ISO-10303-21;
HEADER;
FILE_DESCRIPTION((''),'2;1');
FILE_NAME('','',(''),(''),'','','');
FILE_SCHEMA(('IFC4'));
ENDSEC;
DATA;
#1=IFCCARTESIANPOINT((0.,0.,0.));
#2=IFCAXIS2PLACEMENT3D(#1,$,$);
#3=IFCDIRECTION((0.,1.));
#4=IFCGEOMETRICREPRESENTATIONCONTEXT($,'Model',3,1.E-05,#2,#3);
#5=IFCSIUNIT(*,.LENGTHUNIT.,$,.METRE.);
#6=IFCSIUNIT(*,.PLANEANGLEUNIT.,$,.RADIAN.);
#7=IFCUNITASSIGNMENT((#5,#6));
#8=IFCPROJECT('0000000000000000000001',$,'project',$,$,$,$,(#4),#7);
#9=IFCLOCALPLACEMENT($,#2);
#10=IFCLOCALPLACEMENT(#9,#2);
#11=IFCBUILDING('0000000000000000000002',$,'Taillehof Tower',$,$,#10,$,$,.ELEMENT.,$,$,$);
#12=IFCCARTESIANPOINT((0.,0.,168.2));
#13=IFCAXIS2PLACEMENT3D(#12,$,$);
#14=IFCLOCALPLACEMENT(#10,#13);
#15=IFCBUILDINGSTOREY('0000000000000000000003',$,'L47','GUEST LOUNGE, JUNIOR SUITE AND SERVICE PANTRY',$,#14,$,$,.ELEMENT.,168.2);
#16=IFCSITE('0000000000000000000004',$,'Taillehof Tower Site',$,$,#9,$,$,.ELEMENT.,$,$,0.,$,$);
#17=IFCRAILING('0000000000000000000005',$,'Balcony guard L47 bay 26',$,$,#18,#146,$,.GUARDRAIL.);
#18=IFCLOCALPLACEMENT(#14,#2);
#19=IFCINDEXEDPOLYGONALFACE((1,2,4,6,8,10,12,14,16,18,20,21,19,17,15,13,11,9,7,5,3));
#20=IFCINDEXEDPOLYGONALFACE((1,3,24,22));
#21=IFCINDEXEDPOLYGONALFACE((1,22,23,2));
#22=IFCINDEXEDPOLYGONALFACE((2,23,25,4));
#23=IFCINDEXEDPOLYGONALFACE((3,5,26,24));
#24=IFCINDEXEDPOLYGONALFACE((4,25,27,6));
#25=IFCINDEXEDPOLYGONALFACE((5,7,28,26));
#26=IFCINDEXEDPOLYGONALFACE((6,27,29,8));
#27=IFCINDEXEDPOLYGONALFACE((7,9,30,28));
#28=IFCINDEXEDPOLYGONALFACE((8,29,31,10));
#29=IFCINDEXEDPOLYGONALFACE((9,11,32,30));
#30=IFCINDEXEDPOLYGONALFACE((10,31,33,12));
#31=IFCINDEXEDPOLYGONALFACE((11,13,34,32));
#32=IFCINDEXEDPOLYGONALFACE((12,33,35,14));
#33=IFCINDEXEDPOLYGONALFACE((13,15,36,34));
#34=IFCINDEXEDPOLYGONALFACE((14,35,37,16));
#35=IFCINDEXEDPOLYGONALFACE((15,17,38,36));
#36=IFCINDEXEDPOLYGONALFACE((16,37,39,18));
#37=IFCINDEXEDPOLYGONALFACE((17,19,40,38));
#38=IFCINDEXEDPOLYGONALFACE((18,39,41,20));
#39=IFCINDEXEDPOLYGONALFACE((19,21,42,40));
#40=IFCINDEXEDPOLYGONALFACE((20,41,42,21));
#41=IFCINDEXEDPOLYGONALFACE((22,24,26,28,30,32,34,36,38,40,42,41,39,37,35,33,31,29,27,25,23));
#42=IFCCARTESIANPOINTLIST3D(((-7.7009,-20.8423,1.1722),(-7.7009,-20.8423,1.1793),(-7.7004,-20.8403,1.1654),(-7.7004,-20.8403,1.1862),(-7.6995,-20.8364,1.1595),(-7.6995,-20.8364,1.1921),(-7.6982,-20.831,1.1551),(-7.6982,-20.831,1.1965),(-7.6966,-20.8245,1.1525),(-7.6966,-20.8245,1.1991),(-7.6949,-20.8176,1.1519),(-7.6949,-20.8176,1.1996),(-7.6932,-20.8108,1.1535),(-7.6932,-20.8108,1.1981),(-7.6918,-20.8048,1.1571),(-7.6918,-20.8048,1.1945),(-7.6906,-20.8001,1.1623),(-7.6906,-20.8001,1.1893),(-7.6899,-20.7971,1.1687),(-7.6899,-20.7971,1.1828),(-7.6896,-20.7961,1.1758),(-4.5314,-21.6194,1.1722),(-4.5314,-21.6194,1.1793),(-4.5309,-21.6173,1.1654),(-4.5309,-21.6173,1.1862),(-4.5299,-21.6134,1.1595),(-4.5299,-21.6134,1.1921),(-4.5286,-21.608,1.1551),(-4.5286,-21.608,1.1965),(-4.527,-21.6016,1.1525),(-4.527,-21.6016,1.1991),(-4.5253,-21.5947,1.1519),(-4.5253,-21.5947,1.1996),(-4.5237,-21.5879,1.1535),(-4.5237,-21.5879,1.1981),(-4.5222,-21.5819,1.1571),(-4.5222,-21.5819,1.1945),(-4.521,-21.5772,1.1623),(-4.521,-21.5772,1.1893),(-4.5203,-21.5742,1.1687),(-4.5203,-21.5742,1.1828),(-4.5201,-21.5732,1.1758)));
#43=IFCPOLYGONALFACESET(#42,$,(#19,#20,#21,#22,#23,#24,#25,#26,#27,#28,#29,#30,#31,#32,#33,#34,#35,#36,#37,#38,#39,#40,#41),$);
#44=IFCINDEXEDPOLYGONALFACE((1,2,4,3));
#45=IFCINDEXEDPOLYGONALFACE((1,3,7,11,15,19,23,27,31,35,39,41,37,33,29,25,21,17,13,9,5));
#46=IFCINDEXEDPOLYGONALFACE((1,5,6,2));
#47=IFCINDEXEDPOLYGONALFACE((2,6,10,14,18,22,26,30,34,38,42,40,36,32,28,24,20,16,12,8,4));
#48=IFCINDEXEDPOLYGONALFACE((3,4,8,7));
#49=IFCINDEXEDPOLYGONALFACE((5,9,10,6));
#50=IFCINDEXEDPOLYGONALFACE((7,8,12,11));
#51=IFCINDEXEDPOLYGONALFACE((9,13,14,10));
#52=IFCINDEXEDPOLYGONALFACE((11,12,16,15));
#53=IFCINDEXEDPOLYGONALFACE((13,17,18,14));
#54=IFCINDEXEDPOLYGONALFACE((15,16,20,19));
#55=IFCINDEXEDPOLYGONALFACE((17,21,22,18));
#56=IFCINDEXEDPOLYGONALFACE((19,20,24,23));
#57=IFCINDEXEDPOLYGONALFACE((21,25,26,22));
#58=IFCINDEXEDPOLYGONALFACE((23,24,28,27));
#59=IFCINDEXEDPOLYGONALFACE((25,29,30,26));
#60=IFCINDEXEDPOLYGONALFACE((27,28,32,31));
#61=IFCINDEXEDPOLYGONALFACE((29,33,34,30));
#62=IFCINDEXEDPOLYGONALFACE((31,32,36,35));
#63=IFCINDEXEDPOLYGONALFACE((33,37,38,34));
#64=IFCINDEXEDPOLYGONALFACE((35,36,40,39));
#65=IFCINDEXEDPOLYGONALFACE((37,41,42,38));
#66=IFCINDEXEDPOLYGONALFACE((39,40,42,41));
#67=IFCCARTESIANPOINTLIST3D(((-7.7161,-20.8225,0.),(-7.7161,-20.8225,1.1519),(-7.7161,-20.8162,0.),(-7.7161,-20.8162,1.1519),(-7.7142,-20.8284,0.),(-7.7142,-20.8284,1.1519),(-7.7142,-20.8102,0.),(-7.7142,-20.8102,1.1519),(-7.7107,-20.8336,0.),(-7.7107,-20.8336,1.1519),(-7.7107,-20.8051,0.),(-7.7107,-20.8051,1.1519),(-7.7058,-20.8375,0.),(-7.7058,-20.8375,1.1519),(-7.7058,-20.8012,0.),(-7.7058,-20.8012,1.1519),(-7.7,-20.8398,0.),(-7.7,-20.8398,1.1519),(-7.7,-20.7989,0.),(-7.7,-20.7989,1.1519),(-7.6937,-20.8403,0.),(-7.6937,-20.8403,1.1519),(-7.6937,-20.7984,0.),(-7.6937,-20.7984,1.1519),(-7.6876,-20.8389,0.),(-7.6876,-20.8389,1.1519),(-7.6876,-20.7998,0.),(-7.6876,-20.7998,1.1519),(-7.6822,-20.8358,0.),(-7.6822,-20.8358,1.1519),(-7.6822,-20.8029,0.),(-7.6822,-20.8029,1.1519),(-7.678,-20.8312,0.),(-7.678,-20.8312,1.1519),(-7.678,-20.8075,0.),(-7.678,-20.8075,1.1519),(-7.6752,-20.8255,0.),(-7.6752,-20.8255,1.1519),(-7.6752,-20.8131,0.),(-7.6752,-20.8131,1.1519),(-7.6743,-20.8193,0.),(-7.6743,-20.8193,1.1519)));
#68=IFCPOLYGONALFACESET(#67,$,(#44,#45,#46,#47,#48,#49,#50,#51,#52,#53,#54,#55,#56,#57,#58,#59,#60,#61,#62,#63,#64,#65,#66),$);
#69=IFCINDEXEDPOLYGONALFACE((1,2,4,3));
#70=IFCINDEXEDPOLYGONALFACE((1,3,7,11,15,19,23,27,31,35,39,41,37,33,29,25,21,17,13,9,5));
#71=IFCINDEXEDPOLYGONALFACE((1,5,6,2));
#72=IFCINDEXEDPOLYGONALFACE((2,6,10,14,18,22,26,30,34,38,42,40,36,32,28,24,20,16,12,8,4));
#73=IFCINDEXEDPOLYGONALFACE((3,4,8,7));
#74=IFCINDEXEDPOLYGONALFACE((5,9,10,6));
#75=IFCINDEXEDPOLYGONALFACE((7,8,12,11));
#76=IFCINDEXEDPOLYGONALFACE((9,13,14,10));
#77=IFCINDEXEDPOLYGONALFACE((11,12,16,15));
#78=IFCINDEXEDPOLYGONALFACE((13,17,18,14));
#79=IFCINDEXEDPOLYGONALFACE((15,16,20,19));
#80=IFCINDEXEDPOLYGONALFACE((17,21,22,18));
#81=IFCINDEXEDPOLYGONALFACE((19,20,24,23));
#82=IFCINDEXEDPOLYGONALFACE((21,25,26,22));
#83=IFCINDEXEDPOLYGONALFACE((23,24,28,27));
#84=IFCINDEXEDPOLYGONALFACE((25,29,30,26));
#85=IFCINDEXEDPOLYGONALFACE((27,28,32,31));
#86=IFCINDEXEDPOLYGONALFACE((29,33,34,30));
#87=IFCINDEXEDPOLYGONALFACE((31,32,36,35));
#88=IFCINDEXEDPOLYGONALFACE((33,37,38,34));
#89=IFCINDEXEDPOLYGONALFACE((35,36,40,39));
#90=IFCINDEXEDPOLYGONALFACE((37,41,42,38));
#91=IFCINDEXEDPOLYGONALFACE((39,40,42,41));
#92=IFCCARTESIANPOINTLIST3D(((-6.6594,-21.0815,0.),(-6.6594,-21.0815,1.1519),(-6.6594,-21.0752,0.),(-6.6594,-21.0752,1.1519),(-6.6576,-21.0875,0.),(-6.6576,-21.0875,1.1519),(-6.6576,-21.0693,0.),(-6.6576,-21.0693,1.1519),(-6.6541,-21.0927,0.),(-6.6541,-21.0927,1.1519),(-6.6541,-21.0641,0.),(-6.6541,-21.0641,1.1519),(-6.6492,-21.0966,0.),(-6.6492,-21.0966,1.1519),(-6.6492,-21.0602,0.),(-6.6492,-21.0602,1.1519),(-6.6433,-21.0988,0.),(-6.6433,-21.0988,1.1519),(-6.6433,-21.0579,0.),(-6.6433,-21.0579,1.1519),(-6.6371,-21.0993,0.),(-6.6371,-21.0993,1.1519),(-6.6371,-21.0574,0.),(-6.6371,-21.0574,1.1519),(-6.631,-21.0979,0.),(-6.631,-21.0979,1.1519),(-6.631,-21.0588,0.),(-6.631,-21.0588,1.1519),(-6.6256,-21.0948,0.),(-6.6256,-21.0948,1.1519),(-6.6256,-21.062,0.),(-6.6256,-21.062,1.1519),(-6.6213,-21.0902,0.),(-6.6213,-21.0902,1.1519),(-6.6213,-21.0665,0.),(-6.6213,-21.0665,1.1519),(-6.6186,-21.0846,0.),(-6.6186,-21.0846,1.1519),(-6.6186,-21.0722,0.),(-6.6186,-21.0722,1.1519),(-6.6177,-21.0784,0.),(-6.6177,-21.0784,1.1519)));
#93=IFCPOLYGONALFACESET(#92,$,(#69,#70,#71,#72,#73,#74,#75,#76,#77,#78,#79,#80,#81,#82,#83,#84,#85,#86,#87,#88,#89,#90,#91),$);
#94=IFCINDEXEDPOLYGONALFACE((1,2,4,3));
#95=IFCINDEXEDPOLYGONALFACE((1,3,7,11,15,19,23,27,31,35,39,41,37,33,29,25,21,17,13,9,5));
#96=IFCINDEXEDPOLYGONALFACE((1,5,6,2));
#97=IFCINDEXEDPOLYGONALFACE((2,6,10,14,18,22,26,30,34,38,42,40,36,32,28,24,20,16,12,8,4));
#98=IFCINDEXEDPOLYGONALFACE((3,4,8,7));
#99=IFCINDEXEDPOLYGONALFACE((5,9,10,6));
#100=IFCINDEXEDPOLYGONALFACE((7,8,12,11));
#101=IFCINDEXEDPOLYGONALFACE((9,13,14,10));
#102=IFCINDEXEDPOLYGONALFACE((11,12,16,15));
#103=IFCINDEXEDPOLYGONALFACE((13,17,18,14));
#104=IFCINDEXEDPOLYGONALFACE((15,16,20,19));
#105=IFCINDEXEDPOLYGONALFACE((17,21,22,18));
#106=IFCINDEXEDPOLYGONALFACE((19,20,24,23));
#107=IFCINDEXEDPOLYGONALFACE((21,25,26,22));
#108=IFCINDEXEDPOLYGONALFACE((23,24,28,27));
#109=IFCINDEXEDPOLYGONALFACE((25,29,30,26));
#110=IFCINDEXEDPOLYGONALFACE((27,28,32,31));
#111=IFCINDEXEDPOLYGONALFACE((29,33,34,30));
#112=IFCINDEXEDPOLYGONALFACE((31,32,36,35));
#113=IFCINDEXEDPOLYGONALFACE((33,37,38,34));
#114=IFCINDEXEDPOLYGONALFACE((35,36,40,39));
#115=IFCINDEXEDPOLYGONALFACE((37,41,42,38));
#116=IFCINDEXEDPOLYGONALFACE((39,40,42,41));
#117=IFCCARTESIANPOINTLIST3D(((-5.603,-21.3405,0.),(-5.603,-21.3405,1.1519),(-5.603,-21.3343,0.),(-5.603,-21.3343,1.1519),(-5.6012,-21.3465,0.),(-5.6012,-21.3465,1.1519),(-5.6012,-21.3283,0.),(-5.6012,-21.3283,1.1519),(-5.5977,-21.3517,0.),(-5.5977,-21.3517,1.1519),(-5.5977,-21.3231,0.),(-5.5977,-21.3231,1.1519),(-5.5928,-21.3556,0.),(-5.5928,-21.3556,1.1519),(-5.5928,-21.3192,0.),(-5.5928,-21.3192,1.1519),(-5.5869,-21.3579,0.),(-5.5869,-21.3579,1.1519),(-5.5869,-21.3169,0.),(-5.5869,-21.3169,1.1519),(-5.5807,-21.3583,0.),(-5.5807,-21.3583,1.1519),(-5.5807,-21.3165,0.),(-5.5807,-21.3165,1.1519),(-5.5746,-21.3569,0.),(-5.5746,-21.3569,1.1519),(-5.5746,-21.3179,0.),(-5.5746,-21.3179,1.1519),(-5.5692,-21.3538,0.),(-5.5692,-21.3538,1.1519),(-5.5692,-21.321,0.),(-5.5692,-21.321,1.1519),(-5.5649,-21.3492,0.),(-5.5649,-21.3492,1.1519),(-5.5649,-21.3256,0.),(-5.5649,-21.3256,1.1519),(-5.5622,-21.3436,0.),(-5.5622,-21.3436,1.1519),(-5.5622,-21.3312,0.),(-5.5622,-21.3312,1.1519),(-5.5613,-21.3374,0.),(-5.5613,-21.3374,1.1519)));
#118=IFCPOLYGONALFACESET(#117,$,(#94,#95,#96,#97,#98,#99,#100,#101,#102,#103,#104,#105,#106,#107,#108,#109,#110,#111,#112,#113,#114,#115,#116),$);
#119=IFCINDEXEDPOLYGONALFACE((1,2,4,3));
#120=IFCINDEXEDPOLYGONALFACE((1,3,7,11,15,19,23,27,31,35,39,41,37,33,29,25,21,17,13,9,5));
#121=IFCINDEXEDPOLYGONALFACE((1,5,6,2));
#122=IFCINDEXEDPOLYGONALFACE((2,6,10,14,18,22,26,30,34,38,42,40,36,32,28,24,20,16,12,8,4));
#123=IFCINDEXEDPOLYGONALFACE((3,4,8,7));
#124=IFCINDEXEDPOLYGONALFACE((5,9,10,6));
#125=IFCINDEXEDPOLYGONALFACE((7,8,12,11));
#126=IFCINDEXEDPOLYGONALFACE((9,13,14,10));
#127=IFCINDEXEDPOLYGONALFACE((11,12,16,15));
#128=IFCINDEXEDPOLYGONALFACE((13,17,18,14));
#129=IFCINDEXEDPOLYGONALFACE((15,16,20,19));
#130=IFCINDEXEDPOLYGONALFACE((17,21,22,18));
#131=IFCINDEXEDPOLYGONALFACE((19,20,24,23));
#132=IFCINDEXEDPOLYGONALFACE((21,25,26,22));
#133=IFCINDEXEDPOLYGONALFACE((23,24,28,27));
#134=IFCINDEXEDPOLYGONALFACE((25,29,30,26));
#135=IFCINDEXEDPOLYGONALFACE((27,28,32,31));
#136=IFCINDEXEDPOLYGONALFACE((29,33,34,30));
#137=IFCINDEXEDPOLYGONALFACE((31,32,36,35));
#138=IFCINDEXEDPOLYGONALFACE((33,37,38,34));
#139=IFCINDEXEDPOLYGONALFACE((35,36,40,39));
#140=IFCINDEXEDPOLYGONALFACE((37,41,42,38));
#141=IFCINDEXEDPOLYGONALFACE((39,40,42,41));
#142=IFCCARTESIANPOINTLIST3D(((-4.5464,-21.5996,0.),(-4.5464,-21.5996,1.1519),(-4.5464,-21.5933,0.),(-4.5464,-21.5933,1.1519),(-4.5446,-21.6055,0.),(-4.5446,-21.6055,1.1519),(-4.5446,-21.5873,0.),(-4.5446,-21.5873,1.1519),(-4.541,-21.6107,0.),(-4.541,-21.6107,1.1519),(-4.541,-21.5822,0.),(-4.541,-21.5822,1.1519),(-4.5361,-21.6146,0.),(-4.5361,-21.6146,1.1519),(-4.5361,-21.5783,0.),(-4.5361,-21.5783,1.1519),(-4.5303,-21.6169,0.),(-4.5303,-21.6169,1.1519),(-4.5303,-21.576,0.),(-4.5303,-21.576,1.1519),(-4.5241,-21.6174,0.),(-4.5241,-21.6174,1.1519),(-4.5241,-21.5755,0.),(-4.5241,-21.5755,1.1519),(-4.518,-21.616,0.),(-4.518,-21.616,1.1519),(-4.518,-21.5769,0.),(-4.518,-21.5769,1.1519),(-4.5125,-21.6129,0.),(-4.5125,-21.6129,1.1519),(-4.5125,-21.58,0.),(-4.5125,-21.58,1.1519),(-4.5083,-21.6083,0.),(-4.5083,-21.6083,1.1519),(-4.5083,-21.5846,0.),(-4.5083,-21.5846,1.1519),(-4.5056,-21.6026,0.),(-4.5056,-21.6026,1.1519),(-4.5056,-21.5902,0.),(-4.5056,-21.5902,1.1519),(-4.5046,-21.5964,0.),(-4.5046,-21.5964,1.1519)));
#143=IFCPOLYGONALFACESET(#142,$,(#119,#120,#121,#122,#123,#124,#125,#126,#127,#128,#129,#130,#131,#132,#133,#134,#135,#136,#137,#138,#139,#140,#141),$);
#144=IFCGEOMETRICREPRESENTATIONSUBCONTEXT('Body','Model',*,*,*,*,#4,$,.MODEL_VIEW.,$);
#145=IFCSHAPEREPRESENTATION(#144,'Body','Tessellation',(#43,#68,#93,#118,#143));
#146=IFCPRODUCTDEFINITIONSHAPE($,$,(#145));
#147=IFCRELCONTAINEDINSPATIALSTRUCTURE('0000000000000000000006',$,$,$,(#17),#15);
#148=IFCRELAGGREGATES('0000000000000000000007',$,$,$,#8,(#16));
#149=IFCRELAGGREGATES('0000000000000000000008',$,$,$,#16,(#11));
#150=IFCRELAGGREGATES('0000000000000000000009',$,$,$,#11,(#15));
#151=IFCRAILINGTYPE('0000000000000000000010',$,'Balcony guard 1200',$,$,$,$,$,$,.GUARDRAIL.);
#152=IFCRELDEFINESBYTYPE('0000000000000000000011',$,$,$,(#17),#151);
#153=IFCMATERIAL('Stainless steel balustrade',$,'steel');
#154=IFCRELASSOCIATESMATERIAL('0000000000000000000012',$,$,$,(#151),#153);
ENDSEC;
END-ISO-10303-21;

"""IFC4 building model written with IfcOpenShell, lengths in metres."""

from ifc_helpers import new_model, si_unit, direction, frame, origin, origin_2d, place, context, subcontext, project, spatial, circle, extrude, material, type_object, element, save


model = new_model("IFC4")

# Units and contexts
model_context = context("Model", 3, precision=1e-05, world=origin(), true_north=direction((0.0, 1.0)))
body_context = subcontext(model_context, "Body", "Model", "MODEL_VIEW")
ifc_project = project(units=[si_unit("LENGTHUNIT", "METRE"), si_unit("PLANEANGLEUNIT", "RADIAN")], contexts=[model_context])

# Site, building, storey
site_placement = place(None, origin())
site = spatial("IfcSite", under=ifc_project, at=site_placement, Name="Taillehof Tower Site", CompositionType="ELEMENT", RefElevation=0.0)
building_placement = place(site_placement, origin())
building = spatial("IfcBuilding", under=site, at=building_placement, Name="Taillehof Tower", CompositionType="ELEMENT")
storey_placement = place(building_placement, frame((0.0, 0.0, 168.2)))
storey = spatial("IfcBuildingStorey", under=building, at=storey_placement, Name="L47", Description="GUEST LOUNGE, JUNIOR SUITE AND SERVICE PANTRY", CompositionType="ELEMENT", Elevation=168.2)

# Railing
ifc_material_1 = material(Name="Stainless steel balustrade", Category="steel")
railing_type = type_object("IfcRailingType", Name="Balcony guard 1200", PredefinedType="GUARDRAIL", material=ifc_material_1)
railing_1_placement = place(storey_placement, frame((-7.6953, -20.8193, 0.0)))
element("IfcRailing", 1, at=railing_1_placement, inside=storey, type_object=railing_type, Name="Balcony guard L47 bay 26", PredefinedType="GUARDRAIL", context=body_context, shape_type="SweptSolid", body=[
    extrude(circle(Radius=0.0239, at=origin_2d()), frame((0.0, 0.0, 1.1758), z_axis=(0.971237, -0.238115, 0.0), x_axis=(0.238115, 0.971237, 0.0)), (0.0, 0.0, 1.0), 3.2634),
    extrude(circle(Radius=0.021, at=origin_2d()), origin(), (0.0, 0.0, 1.0), 1.1519),
    extrude(circle(Radius=0.021, at=origin_2d()), frame((1.0566, -0.259, 0.0)), (0.0, 0.0, 1.0), 1.1519),
    extrude(circle(Radius=0.021, at=origin_2d()), frame((2.113, -0.5181, 0.0)), (0.0, 0.0, 1.0), 1.1519),
    extrude(circle(Radius=0.021, at=origin_2d()), frame((3.1697, -0.7771, 0.0)), (0.0, 0.0, 1.0), 1.1519),
])

save(model, "model.ifc")
